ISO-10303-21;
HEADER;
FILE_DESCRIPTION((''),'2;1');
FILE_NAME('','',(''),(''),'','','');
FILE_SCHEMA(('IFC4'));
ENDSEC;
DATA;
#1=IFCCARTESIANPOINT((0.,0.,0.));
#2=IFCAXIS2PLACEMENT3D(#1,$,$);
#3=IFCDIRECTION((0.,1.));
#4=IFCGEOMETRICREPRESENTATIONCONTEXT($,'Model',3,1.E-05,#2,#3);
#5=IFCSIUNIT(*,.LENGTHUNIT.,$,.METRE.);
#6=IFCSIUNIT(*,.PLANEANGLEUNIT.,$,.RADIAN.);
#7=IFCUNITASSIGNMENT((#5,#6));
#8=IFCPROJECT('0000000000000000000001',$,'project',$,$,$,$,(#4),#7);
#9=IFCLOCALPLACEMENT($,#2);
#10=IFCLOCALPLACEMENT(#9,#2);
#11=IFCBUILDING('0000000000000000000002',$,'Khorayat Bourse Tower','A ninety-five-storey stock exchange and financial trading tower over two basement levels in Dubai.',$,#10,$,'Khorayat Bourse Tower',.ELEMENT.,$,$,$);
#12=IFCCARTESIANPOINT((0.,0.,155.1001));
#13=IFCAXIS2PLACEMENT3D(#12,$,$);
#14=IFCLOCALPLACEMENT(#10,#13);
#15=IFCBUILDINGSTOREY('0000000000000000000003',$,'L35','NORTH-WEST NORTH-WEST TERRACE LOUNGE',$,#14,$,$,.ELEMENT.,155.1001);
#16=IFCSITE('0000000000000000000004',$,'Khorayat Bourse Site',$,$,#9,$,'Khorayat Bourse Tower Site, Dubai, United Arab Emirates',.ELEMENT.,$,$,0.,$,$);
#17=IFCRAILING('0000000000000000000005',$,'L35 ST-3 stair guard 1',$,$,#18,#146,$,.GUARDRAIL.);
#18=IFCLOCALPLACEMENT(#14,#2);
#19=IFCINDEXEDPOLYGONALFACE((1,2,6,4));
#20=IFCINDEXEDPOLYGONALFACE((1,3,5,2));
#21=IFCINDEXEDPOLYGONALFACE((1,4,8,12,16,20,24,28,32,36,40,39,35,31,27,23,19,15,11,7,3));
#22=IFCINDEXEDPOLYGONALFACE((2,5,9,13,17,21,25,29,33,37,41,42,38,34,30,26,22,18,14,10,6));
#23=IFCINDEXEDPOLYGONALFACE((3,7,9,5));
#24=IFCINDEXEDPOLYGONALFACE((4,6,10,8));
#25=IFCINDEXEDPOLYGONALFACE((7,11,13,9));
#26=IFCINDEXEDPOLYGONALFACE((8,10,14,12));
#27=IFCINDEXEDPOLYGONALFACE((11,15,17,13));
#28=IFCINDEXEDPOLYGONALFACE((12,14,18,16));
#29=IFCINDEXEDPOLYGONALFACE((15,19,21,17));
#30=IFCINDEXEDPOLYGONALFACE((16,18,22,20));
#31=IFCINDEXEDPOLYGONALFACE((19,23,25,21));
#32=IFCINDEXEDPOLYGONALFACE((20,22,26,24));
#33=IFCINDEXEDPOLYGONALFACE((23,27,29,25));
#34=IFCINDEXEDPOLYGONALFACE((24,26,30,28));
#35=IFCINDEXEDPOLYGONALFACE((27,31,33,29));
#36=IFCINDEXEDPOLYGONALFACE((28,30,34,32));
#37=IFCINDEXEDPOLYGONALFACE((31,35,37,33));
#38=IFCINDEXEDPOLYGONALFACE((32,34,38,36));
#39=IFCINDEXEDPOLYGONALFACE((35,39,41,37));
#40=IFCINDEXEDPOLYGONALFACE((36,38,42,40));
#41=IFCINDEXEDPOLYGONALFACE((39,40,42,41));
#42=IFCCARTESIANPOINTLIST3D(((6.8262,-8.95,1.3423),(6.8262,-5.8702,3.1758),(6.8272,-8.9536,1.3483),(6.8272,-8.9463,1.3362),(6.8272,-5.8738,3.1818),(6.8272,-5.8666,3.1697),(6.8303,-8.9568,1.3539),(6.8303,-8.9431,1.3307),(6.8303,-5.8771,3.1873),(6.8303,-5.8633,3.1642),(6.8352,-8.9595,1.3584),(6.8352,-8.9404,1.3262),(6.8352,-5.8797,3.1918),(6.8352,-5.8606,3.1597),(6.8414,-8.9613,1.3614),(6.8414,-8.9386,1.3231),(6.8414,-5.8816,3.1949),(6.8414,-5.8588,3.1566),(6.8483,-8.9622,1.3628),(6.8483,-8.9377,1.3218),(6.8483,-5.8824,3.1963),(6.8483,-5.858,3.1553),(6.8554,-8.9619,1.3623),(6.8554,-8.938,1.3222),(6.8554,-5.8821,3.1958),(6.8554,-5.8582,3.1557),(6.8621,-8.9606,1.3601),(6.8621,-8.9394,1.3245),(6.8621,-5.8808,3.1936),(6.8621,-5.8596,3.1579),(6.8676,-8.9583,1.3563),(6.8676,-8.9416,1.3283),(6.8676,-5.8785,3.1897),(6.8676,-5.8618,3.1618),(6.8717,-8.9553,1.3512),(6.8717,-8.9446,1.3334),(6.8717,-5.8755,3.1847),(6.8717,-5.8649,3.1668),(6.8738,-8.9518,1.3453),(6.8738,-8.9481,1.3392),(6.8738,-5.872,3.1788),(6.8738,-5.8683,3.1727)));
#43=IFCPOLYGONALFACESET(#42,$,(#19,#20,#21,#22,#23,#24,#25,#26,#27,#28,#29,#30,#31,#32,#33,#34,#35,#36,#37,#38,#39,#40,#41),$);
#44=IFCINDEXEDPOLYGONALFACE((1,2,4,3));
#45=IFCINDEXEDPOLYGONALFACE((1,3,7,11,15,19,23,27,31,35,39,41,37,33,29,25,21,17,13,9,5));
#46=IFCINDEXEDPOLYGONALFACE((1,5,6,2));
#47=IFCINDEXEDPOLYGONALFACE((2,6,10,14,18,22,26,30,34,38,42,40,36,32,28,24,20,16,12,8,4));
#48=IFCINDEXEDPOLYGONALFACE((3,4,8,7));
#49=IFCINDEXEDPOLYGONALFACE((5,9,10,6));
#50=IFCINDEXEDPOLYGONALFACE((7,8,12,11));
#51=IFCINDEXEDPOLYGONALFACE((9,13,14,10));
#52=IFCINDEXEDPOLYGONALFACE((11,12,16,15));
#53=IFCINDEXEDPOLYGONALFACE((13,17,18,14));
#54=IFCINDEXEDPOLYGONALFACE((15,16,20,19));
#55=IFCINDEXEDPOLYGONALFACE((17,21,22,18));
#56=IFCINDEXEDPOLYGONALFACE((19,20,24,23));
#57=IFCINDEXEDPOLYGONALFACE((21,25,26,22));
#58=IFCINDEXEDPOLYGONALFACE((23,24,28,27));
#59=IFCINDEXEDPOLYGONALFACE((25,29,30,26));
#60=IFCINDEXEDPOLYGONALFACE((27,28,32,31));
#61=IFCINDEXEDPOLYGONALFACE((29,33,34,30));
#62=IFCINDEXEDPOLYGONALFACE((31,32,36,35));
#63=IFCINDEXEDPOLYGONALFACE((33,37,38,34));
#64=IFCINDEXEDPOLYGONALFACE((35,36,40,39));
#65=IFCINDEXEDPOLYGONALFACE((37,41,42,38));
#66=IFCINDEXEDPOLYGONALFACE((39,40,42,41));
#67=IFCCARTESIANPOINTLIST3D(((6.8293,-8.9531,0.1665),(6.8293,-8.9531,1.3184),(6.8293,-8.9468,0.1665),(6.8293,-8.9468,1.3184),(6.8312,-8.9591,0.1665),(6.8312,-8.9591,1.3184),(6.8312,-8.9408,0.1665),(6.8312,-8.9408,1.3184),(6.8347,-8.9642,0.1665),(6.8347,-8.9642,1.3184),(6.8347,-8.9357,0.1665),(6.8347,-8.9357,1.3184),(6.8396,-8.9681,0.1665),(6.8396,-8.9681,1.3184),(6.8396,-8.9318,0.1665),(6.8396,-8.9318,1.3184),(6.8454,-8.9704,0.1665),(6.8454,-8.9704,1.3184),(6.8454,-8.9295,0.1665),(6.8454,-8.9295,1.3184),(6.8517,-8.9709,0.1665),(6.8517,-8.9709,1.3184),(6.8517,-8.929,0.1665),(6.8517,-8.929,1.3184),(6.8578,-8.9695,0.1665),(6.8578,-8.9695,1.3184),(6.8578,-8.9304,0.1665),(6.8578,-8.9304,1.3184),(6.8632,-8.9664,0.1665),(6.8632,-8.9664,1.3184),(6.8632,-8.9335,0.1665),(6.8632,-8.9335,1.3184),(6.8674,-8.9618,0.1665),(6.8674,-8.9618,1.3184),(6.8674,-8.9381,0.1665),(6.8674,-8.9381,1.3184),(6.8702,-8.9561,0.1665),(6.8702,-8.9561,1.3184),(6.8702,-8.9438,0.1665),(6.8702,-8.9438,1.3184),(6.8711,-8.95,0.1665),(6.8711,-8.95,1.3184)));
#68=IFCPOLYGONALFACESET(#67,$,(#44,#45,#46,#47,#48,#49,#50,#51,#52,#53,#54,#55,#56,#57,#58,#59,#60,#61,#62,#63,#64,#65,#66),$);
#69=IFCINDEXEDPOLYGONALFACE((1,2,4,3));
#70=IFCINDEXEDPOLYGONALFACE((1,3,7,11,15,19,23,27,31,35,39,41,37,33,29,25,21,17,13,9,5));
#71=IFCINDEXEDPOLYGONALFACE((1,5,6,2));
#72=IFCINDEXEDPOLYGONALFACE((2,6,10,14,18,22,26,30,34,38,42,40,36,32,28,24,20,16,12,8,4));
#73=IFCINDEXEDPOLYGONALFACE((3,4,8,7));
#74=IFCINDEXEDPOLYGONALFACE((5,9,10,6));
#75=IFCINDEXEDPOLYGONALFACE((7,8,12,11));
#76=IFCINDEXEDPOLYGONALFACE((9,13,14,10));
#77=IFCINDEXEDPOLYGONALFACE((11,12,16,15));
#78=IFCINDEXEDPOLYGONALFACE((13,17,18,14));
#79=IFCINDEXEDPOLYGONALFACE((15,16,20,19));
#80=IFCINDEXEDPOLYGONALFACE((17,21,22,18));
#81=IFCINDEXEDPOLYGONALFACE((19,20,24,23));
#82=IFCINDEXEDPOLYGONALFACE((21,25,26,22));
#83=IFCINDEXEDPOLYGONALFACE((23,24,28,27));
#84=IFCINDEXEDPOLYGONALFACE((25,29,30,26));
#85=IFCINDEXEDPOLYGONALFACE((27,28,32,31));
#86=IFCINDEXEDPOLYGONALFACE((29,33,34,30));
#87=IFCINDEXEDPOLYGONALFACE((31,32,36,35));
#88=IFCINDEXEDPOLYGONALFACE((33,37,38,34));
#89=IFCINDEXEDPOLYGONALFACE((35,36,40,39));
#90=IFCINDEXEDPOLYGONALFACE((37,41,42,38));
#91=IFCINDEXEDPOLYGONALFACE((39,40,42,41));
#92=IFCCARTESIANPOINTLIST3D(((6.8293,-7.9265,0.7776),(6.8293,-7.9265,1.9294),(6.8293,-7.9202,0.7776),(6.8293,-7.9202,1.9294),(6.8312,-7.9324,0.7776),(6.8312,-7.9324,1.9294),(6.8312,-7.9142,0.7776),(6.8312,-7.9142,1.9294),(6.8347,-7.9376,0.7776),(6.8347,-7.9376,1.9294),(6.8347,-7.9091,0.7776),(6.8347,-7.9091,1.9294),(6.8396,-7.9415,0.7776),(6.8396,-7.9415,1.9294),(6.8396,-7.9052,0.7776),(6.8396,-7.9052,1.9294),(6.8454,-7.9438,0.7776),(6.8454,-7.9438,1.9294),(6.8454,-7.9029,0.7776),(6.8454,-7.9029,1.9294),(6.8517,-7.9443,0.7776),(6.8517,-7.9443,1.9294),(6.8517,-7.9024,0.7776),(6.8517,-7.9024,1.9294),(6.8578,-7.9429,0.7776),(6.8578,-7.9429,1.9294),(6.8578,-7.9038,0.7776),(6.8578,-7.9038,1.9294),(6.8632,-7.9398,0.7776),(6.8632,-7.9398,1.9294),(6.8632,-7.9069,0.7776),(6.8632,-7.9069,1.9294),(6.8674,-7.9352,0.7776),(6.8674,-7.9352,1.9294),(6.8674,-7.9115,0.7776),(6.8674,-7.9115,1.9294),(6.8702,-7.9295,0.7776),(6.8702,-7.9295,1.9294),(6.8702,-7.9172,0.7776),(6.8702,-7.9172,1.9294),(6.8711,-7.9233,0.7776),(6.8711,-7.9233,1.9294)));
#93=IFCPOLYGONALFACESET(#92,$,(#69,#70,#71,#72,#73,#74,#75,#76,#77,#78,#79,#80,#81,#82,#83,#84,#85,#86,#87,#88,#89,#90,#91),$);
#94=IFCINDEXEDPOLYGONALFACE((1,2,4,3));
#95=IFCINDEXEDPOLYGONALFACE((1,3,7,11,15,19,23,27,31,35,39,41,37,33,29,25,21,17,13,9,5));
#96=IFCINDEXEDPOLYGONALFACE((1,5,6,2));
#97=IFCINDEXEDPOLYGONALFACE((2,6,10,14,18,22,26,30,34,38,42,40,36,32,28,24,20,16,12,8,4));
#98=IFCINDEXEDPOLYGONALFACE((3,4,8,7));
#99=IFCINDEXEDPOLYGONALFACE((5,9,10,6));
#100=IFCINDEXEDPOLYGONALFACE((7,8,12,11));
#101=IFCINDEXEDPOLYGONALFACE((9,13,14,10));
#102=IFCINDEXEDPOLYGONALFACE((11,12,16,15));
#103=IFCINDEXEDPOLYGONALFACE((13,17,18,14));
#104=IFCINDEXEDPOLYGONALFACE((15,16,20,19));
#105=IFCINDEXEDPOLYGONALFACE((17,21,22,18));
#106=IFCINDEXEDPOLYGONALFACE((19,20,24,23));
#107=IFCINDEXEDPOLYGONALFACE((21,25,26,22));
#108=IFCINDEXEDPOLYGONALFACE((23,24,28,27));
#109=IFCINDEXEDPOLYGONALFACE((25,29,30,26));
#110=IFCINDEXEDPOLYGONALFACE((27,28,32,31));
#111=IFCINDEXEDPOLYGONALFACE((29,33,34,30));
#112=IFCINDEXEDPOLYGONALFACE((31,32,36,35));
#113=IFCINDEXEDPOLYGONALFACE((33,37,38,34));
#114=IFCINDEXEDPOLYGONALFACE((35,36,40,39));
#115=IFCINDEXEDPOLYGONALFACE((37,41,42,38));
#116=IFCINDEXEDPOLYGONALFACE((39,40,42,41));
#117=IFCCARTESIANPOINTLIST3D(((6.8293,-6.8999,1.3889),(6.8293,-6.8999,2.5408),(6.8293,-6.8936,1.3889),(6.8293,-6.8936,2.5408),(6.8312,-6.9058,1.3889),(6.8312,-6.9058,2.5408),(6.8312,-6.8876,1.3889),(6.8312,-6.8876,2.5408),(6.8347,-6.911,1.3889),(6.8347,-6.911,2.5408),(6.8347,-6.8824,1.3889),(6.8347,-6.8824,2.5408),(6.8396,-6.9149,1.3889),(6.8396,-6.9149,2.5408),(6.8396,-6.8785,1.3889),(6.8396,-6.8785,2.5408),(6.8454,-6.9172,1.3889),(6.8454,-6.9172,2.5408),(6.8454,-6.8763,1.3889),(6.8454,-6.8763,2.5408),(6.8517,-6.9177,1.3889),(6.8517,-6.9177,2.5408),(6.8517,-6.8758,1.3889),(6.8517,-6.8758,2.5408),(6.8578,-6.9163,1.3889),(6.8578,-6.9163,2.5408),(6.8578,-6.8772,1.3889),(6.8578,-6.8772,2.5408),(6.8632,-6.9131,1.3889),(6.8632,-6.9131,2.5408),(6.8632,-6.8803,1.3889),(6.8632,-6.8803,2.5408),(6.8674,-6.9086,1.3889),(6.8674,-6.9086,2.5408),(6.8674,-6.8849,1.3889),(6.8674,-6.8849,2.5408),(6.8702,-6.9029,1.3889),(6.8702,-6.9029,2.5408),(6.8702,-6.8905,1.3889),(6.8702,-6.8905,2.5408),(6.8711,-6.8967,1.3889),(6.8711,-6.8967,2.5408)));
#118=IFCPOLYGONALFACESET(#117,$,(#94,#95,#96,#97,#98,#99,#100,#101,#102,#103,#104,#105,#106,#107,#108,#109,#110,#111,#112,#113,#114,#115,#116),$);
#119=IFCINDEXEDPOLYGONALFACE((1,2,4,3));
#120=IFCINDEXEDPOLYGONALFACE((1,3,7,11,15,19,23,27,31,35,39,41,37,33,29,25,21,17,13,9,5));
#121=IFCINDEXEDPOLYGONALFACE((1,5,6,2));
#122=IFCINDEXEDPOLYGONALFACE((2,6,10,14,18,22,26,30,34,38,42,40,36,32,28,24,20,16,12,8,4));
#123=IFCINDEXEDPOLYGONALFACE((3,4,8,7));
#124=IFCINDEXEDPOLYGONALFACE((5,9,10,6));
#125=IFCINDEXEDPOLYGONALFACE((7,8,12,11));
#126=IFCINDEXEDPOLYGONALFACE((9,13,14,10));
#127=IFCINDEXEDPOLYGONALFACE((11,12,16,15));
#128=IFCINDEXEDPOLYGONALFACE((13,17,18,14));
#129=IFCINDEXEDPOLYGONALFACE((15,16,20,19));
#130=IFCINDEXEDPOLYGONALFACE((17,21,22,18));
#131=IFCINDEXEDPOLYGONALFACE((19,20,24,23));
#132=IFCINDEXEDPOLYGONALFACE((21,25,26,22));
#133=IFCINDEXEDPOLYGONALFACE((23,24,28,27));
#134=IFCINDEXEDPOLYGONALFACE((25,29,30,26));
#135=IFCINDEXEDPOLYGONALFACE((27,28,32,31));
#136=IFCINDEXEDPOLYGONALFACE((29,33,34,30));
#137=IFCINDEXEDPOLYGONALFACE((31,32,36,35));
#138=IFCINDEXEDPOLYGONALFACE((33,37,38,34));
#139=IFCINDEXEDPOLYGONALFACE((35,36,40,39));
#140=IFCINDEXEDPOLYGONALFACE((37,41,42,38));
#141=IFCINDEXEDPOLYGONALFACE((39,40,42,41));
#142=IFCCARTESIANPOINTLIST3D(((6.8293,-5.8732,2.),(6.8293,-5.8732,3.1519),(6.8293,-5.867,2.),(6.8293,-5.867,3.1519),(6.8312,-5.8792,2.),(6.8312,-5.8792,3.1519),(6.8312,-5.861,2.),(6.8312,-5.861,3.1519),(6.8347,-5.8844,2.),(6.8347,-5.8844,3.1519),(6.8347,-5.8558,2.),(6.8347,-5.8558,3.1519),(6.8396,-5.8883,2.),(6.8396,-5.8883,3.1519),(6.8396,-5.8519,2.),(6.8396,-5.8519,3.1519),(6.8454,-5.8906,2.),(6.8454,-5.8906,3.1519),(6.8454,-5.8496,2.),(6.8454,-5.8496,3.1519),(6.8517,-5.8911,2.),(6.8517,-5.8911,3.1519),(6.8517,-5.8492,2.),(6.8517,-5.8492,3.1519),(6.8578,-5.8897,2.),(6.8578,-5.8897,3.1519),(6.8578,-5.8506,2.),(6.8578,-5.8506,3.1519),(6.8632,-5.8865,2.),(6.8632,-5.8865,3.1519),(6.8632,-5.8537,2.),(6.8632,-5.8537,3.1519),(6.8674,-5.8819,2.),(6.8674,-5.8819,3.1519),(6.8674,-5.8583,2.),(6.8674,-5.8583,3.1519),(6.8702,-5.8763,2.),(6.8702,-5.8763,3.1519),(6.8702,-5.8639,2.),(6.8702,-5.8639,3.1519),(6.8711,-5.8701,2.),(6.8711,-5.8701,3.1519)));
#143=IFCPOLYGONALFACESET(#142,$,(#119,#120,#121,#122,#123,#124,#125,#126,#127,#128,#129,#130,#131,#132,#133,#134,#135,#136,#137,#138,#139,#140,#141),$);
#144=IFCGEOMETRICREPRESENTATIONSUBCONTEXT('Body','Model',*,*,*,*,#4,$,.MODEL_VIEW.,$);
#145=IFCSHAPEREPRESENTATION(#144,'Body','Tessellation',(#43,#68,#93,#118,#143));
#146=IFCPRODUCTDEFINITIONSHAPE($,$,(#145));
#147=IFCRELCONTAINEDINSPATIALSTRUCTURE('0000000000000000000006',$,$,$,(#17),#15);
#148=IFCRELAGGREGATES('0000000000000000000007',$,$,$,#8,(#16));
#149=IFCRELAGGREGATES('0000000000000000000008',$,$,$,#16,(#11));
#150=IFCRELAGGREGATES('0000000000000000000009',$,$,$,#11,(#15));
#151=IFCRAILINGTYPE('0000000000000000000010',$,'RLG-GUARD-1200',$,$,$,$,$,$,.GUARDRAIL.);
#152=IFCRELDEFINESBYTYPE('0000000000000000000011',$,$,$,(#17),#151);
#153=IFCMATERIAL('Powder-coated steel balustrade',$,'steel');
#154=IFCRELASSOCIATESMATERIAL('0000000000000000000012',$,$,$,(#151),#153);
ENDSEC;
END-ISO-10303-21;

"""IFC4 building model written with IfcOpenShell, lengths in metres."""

from ifc_helpers import new_model, si_unit, direction, frame, origin, origin_2d, place, context, subcontext, project, spatial, circle, extrude, source, transform, mapped, material, type_object, element, save


model = new_model("IFC4")

# Units and contexts
model_context = context("Model", 3, precision=1e-05, world=origin(), true_north=direction((0.0, 1.0)))
body_context = subcontext(model_context, "Body", "Model", "MODEL_VIEW")
ifc_project = project(units=[si_unit("LENGTHUNIT", "METRE"), si_unit("PLANEANGLEUNIT", "RADIAN")], contexts=[model_context])

# Site, building, storey
site_placement = place(None, origin())
site = spatial("IfcSite", under=ifc_project, at=site_placement, Name="Khorayat Bourse Site", LongName="Khorayat Bourse Tower Site, Dubai, United Arab Emirates", CompositionType="ELEMENT", RefElevation=0.0)
building_placement = place(site_placement, origin())
building = spatial("IfcBuilding", under=site, at=building_placement, Name="Khorayat Bourse Tower", Description="A ninety-five-storey stock exchange and financial trading tower over two basement levels in Dubai.", LongName="Khorayat Bourse Tower", CompositionType="ELEMENT")
storey_placement = place(building_placement, frame((0.0, 0.0, 155.1001)))
storey = spatial("IfcBuildingStorey", under=building, at=storey_placement, Name="L35", Description="NORTH-WEST NORTH-WEST TERRACE LOUNGE", CompositionType="ELEMENT", Elevation=155.1001)

# Railing
ifc_material_1 = material(Name="Powder-coated steel balustrade", Category="steel")
railing_type_1 = type_object("IfcRailingType", Name="RLG-GUARD-1200", PredefinedType="GUARDRAIL", material=ifc_material_1)
shared_shape_1 = source(origin(), body_context, "Body", "SweptSolid", [
    extrude(circle(Radius=0.0239, at=origin_2d()), frame((0.0, 0.0, 1.1758), z_axis=(0.0, 0.859261, 0.511538), x_axis=(-1.0, 0.0, 0.0)), (0.0, 0.0, 1.0), 3.5842),
    extrude(circle(Radius=0.021, at=origin_2d()), origin(), (0.0, 0.0, 1.0), 1.1519),
    extrude(circle(Radius=0.021, at=origin_2d()), frame((0.0, 1.0266, 0.6111)), (0.0, 0.0, 1.0), 1.1519),
    extrude(circle(Radius=0.021, at=origin_2d()), frame((0.0, 2.0532, 1.2224)), (0.0, 0.0, 1.0), 1.1519),
    extrude(circle(Radius=0.021, at=origin_2d()), frame((0.0, 3.0798, 1.8335)), (0.0, 0.0, 1.0), 1.1519),
])
railing_1_placement = place(storey_placement, frame((6.8501, -8.95, 0.1665)))
element("IfcRailing", 1, at=railing_1_placement, inside=storey, type_object=railing_type_1, Name="L35 ST-3 stair guard 1", PredefinedType="GUARDRAIL", context=body_context, shape_type="MappedRepresentation", body=[
    mapped(shared_shape_1, transform((0.0, 0.0, 0.0), scale=1.0)),
])

save(model, "model.ifc")
